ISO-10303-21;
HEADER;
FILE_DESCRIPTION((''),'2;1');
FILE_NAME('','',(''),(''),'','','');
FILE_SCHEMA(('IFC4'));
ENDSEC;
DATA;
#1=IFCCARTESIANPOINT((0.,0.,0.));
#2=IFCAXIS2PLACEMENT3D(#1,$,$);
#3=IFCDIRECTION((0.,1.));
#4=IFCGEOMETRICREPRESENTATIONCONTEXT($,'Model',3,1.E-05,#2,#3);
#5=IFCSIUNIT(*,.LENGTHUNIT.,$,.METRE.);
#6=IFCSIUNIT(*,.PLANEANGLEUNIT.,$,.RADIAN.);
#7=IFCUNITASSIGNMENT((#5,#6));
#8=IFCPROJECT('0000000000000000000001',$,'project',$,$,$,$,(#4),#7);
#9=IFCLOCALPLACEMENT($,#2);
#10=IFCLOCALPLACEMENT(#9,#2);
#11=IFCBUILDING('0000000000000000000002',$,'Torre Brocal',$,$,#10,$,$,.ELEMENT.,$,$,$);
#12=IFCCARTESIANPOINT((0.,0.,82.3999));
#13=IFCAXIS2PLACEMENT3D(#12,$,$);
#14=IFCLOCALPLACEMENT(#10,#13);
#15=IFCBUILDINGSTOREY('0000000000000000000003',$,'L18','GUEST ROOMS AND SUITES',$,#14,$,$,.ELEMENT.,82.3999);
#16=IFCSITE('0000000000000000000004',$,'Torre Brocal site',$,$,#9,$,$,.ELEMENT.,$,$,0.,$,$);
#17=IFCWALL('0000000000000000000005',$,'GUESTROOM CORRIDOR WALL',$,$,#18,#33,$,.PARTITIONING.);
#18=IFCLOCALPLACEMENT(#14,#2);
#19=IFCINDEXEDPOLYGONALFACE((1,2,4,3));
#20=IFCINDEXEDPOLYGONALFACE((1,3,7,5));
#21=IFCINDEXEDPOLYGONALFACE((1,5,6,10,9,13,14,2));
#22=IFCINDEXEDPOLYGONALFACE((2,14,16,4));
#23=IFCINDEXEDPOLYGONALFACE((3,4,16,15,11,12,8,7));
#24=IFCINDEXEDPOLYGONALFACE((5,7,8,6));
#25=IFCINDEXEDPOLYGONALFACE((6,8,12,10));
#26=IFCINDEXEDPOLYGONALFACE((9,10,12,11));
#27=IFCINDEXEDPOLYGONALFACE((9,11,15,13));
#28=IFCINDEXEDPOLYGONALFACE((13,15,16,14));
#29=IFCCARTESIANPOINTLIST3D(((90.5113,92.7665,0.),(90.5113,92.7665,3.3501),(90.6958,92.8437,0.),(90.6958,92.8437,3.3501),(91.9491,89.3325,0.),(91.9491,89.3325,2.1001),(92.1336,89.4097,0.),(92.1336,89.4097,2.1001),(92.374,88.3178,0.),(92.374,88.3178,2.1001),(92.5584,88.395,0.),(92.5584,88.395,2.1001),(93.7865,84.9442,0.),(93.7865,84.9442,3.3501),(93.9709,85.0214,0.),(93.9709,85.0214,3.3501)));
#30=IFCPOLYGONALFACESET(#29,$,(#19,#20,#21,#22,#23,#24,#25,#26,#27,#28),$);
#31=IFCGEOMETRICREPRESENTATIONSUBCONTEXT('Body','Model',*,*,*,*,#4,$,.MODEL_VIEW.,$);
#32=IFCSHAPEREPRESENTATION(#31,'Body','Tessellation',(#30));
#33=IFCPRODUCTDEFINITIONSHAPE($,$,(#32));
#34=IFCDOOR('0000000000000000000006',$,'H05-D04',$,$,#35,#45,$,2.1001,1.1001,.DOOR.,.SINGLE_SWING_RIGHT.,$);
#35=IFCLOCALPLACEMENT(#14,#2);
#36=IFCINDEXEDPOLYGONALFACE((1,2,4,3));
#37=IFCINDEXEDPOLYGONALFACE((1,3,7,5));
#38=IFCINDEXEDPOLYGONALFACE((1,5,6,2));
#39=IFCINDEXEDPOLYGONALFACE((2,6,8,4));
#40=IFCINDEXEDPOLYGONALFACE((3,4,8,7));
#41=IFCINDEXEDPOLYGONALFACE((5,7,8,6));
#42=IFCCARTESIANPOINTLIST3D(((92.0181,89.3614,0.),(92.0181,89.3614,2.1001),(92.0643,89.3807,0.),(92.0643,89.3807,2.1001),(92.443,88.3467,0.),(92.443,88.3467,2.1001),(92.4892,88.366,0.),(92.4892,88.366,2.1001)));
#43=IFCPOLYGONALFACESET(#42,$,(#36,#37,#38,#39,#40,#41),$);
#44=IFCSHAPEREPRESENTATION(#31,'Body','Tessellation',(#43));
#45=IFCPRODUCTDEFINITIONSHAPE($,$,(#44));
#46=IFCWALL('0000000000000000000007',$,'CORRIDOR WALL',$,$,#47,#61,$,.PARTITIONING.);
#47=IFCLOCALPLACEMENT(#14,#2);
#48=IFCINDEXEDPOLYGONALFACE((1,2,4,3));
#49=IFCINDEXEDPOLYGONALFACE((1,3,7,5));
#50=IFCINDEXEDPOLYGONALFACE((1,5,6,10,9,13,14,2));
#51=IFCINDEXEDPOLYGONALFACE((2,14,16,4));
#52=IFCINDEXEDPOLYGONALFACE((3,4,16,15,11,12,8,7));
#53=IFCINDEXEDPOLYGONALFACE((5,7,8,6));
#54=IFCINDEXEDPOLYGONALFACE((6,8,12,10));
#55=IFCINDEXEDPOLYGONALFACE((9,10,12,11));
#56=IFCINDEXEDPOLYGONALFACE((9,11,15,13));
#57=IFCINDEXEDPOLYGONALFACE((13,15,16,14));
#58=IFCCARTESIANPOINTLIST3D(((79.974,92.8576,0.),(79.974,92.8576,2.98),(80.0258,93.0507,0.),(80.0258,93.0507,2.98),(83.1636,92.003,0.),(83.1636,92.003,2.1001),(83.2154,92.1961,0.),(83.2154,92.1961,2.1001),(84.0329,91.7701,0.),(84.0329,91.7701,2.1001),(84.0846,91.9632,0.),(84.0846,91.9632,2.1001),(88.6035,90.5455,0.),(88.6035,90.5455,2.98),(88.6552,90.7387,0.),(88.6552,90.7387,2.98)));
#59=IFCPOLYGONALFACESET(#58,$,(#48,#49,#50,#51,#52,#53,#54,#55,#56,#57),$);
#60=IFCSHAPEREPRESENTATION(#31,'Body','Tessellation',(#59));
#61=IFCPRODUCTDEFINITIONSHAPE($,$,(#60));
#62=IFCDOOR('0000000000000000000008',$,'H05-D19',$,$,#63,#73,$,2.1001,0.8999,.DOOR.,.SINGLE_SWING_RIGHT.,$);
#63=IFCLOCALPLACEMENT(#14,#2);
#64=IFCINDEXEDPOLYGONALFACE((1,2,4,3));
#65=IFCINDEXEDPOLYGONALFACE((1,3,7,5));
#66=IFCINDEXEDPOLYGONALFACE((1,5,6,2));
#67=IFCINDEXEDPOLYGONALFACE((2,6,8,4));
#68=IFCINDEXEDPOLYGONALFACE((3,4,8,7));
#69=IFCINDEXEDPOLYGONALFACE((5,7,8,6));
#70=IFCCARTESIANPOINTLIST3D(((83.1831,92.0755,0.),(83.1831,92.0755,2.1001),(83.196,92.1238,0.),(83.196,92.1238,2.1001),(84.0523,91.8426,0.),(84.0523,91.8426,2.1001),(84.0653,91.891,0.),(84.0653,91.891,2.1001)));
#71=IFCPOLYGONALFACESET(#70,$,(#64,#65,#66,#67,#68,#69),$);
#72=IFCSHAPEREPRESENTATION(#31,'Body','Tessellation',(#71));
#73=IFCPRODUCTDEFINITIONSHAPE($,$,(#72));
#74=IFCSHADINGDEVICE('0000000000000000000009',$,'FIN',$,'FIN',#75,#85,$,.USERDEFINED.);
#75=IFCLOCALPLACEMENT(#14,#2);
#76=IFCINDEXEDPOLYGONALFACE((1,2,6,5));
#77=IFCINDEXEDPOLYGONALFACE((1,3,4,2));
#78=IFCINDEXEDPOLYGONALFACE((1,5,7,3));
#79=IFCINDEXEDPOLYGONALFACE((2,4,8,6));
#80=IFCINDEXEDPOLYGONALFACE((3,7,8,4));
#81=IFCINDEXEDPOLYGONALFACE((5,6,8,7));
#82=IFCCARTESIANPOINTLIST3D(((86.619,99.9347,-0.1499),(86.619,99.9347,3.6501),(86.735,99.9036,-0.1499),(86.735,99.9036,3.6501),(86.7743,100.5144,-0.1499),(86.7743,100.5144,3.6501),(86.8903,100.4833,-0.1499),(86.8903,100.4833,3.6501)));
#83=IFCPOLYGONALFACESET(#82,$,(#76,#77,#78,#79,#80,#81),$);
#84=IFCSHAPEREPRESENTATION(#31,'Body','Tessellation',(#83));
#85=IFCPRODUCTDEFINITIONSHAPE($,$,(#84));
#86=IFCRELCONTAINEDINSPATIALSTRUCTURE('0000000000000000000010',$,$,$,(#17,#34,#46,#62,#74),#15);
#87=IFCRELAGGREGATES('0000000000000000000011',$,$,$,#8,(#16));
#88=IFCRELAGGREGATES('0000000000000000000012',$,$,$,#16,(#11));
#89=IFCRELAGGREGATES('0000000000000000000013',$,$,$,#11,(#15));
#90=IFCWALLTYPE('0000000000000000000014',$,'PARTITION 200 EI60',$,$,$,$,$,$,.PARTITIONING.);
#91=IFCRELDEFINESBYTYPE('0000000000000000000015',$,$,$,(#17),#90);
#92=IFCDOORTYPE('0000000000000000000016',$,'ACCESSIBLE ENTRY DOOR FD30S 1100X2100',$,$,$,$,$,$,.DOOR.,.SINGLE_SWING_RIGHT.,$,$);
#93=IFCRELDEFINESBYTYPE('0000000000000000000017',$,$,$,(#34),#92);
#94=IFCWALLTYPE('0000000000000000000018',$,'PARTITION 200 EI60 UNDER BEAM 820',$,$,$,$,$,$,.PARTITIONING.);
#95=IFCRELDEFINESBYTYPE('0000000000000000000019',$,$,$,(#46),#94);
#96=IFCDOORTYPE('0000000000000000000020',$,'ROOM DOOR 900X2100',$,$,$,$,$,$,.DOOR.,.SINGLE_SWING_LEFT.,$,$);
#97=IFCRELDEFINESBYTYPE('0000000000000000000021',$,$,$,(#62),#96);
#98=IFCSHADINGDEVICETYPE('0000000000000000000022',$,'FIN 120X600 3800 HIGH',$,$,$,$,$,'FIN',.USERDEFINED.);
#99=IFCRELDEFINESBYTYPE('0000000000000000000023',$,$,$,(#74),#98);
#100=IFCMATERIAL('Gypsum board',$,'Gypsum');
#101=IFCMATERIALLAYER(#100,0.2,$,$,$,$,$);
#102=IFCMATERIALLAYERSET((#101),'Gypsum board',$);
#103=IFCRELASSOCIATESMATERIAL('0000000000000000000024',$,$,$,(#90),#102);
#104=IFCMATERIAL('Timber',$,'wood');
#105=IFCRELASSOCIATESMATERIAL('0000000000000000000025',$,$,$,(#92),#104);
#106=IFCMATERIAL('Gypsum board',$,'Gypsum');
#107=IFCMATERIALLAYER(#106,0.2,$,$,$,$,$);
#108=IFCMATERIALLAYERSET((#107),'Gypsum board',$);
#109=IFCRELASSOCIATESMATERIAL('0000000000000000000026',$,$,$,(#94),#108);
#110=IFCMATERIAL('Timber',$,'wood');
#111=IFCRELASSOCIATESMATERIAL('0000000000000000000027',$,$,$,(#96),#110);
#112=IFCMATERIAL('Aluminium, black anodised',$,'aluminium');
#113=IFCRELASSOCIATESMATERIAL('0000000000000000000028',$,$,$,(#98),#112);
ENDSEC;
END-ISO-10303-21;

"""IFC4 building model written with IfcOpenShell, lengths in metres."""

from ifc_helpers import new_model, si_unit, direction, frame, frame_2d, origin, origin_2d, place, context, subcontext, project, spatial, rectangle, extrude, material, layer, layer_set, material_profile, profile_set, type_object, element, fill, save


model = new_model("IFC4")

# Units and contexts
model_context = context("Model", 3, precision=1e-05, world=origin(), true_north=direction((0.0, 1.0)))
body_context = subcontext(model_context, "Body", "Model", "MODEL_VIEW")
ifc_project = project(units=[si_unit("LENGTHUNIT", "METRE"), si_unit("PLANEANGLEUNIT", "RADIAN")], contexts=[model_context])

# Site, building, storey
site_placement = place(None, origin())
site = spatial("IfcSite", under=ifc_project, at=site_placement, Name="Torre Brocal site", CompositionType="ELEMENT", RefElevation=0.0)
building_placement = place(site_placement, origin())
building = spatial("IfcBuilding", under=site, at=building_placement, Name="Torre Brocal", CompositionType="ELEMENT")
storey_placement = place(building_placement, frame((0.0, 0.0, 82.3999)))
storey = spatial("IfcBuildingStorey", under=building, at=storey_placement, Name="L18", Description="GUEST ROOMS AND SUITES", CompositionType="ELEMENT", Elevation=82.3999)

# Shared definitions
ifc_material_1 = material(Name="Gypsum board", Category="Gypsum")
ifc_layer_1 = layer(ifc_material_1, 0.2)
ifc_layer_set_1 = layer_set([ifc_layer_1], Name="Gypsum board")
wall_type_1 = type_object("IfcWallType", Name="PARTITION 200 EI60", PredefinedType="PARTITIONING", material=ifc_layer_set_1)

# Walls, openings, doors
wall_1_placement = place(storey_placement, frame((90.6035, 92.8052, 0.0), z_axis=(0.0, 0.0, 1.0), x_axis=(0.386209, -0.922411, 0.0)))
wall_1 = element("IfcWall", 1, at=wall_1_placement, inside=storey, type_object=wall_type_1, Name="GUESTROOM CORRIDOR WALL", PredefinedType="PARTITIONING", context=body_context, shape_type="SweptSolid", body=[
    extrude(rectangle(XDim=8.4802, YDim=0.2, at=frame_2d((4.2402, 0.0))), origin(), (0.0, 0.0, 1.0), 3.3501),
])
opening_1_placement = place(wall_1_placement, frame((3.7229, 0.0, 0.0)))
opening_1 = element("IfcOpeningElement", 2, at=opening_1_placement, cuts=wall_1, PredefinedType="OPENING", context=body_context, shape_type="SweptSolid", body=[
    extrude(rectangle(XDim=1.1001, YDim=2.1001, at=frame_2d((0.55, 1.05))), frame((0.0, 0.1099, 0.0), z_axis=(0.0, -1.0, 0.0), x_axis=(1.0, 0.0, 0.0)), (0.0, 0.0, 1.0), 0.22),
])
ifc_material_2 = material(Name="Timber", Category="wood")
door_type_1 = type_object("IfcDoorType", Name="ACCESSIBLE ENTRY DOOR FD30S 1100X2100", OperationType="SINGLE_SWING_RIGHT", PredefinedType="DOOR", material=ifc_material_2)
door_1_placement = place(opening_1_placement, origin())
door_1 = element("IfcDoor", 3, at=door_1_placement, inside=storey, type_object=door_type_1, Name="H05-D04", OperationType="SINGLE_SWING_RIGHT", OverallHeight=2.1001, OverallWidth=1.1001, PredefinedType="DOOR", context=body_context, shape_type="SweptSolid", body=[
    extrude(rectangle(XDim=1.1001, YDim=2.1001, at=frame_2d((0.55, 1.05))), frame((0.0, 0.0249, 0.0), z_axis=(0.0, -1.0, 0.0), x_axis=(1.0, 0.0, 0.0)), (0.0, 0.0, 1.0), 0.05),
])
fill(opening_1, door_1)
ifc_material_3 = material(Name="Gypsum board", Category="Gypsum")
ifc_layer_2 = layer(ifc_material_3, 0.2)
ifc_layer_set_2 = layer_set([ifc_layer_2], Name="Gypsum board")
wall_type_2 = type_object("IfcWallType", Name="PARTITION 200 EI60 UNDER BEAM 820", PredefinedType="PARTITIONING", material=ifc_layer_set_2)
wall_2_placement = place(storey_placement, frame((80.0, 92.9541, 0.0), z_axis=(0.0, 0.0, 1.0), x_axis=(0.965932, -0.258795, 0.0)))
wall_2 = element("IfcWall", 4, at=wall_2_placement, inside=storey, type_object=wall_type_2, Name="CORRIDOR WALL", PredefinedType="PARTITIONING", context=body_context, shape_type="SweptSolid", body=[
    extrude(rectangle(XDim=8.9338, YDim=0.2, at=frame_2d((4.4668, 0.0))), origin(), (0.0, 0.0, 1.0), 2.98),
])
opening_2_placement = place(wall_2_placement, frame((3.302, 0.0, 0.0)))
opening_2 = element("IfcOpeningElement", 5, at=opening_2_placement, cuts=wall_2, PredefinedType="OPENING", context=body_context, shape_type="SweptSolid", body=[
    extrude(rectangle(XDim=0.8999, YDim=2.1001, at=frame_2d((0.45, 1.05))), frame((0.0, 0.1099, 0.0), z_axis=(0.0, -1.0, 0.0), x_axis=(1.0, 0.0, 0.0)), (0.0, 0.0, 1.0), 0.22),
])
ifc_material_4 = material(Name="Timber", Category="wood")
door_type_2 = type_object("IfcDoorType", Name="ROOM DOOR 900X2100", OperationType="SINGLE_SWING_LEFT", PredefinedType="DOOR", material=ifc_material_4)
door_2_placement = place(opening_2_placement, frame((0.8999, 0.0, 0.0), z_axis=(0.0, 0.0, 1.0), x_axis=(-1.0, 0.0, 0.0)))
door_2 = element("IfcDoor", 6, at=door_2_placement, inside=storey, type_object=door_type_2, Name="H05-D19", OperationType="SINGLE_SWING_RIGHT", OverallHeight=2.1001, OverallWidth=0.8999, PredefinedType="DOOR", context=body_context, shape_type="SweptSolid", body=[
    extrude(rectangle(XDim=0.8999, YDim=2.1001, at=frame_2d((0.45, 1.05))), frame((0.0, 0.0249, 0.0), z_axis=(0.0, -1.0, 0.0), x_axis=(1.0, 0.0, 0.0)), (0.0, 0.0, 1.0), 0.05),
])
fill(opening_2, door_2)

# Shading device
ifc_material_5 = material(Name="Aluminium, black anodised", Category="aluminium")
ifc_material_profile_1 = material_profile(ifc_material_5, rectangle(XDim=0.1201, YDim=0.6001, at=origin_2d()), Name="FIN 120X600 3800 HIGH")
ifc_profile_set_1 = profile_set([ifc_material_profile_1], Name="Aluminium, black anodised")
shading_device_type = type_object("IfcShadingDeviceType", Name="FIN 120X600 3800 HIGH", ElementType="FIN", PredefinedType="USERDEFINED", material=ifc_profile_set_1)
shading_device_placement = place(storey_placement, frame((86.7546, 100.209, -0.1499), z_axis=(0.0, 0.0, 1.0), x_axis=(-0.965926, 0.258819, 0.0)))
element("IfcShadingDevice", 7, at=shading_device_placement, inside=storey, type_object=shading_device_type, Name="FIN", ObjectType="FIN", PredefinedType="USERDEFINED", context=body_context, shape_type="SweptSolid", body=[
    extrude(rectangle(XDim=0.1201, YDim=0.6001, at=origin_2d()), origin(), (0.0, 0.0, 1.0), 3.8),
])

save(model, "model.ifc")
